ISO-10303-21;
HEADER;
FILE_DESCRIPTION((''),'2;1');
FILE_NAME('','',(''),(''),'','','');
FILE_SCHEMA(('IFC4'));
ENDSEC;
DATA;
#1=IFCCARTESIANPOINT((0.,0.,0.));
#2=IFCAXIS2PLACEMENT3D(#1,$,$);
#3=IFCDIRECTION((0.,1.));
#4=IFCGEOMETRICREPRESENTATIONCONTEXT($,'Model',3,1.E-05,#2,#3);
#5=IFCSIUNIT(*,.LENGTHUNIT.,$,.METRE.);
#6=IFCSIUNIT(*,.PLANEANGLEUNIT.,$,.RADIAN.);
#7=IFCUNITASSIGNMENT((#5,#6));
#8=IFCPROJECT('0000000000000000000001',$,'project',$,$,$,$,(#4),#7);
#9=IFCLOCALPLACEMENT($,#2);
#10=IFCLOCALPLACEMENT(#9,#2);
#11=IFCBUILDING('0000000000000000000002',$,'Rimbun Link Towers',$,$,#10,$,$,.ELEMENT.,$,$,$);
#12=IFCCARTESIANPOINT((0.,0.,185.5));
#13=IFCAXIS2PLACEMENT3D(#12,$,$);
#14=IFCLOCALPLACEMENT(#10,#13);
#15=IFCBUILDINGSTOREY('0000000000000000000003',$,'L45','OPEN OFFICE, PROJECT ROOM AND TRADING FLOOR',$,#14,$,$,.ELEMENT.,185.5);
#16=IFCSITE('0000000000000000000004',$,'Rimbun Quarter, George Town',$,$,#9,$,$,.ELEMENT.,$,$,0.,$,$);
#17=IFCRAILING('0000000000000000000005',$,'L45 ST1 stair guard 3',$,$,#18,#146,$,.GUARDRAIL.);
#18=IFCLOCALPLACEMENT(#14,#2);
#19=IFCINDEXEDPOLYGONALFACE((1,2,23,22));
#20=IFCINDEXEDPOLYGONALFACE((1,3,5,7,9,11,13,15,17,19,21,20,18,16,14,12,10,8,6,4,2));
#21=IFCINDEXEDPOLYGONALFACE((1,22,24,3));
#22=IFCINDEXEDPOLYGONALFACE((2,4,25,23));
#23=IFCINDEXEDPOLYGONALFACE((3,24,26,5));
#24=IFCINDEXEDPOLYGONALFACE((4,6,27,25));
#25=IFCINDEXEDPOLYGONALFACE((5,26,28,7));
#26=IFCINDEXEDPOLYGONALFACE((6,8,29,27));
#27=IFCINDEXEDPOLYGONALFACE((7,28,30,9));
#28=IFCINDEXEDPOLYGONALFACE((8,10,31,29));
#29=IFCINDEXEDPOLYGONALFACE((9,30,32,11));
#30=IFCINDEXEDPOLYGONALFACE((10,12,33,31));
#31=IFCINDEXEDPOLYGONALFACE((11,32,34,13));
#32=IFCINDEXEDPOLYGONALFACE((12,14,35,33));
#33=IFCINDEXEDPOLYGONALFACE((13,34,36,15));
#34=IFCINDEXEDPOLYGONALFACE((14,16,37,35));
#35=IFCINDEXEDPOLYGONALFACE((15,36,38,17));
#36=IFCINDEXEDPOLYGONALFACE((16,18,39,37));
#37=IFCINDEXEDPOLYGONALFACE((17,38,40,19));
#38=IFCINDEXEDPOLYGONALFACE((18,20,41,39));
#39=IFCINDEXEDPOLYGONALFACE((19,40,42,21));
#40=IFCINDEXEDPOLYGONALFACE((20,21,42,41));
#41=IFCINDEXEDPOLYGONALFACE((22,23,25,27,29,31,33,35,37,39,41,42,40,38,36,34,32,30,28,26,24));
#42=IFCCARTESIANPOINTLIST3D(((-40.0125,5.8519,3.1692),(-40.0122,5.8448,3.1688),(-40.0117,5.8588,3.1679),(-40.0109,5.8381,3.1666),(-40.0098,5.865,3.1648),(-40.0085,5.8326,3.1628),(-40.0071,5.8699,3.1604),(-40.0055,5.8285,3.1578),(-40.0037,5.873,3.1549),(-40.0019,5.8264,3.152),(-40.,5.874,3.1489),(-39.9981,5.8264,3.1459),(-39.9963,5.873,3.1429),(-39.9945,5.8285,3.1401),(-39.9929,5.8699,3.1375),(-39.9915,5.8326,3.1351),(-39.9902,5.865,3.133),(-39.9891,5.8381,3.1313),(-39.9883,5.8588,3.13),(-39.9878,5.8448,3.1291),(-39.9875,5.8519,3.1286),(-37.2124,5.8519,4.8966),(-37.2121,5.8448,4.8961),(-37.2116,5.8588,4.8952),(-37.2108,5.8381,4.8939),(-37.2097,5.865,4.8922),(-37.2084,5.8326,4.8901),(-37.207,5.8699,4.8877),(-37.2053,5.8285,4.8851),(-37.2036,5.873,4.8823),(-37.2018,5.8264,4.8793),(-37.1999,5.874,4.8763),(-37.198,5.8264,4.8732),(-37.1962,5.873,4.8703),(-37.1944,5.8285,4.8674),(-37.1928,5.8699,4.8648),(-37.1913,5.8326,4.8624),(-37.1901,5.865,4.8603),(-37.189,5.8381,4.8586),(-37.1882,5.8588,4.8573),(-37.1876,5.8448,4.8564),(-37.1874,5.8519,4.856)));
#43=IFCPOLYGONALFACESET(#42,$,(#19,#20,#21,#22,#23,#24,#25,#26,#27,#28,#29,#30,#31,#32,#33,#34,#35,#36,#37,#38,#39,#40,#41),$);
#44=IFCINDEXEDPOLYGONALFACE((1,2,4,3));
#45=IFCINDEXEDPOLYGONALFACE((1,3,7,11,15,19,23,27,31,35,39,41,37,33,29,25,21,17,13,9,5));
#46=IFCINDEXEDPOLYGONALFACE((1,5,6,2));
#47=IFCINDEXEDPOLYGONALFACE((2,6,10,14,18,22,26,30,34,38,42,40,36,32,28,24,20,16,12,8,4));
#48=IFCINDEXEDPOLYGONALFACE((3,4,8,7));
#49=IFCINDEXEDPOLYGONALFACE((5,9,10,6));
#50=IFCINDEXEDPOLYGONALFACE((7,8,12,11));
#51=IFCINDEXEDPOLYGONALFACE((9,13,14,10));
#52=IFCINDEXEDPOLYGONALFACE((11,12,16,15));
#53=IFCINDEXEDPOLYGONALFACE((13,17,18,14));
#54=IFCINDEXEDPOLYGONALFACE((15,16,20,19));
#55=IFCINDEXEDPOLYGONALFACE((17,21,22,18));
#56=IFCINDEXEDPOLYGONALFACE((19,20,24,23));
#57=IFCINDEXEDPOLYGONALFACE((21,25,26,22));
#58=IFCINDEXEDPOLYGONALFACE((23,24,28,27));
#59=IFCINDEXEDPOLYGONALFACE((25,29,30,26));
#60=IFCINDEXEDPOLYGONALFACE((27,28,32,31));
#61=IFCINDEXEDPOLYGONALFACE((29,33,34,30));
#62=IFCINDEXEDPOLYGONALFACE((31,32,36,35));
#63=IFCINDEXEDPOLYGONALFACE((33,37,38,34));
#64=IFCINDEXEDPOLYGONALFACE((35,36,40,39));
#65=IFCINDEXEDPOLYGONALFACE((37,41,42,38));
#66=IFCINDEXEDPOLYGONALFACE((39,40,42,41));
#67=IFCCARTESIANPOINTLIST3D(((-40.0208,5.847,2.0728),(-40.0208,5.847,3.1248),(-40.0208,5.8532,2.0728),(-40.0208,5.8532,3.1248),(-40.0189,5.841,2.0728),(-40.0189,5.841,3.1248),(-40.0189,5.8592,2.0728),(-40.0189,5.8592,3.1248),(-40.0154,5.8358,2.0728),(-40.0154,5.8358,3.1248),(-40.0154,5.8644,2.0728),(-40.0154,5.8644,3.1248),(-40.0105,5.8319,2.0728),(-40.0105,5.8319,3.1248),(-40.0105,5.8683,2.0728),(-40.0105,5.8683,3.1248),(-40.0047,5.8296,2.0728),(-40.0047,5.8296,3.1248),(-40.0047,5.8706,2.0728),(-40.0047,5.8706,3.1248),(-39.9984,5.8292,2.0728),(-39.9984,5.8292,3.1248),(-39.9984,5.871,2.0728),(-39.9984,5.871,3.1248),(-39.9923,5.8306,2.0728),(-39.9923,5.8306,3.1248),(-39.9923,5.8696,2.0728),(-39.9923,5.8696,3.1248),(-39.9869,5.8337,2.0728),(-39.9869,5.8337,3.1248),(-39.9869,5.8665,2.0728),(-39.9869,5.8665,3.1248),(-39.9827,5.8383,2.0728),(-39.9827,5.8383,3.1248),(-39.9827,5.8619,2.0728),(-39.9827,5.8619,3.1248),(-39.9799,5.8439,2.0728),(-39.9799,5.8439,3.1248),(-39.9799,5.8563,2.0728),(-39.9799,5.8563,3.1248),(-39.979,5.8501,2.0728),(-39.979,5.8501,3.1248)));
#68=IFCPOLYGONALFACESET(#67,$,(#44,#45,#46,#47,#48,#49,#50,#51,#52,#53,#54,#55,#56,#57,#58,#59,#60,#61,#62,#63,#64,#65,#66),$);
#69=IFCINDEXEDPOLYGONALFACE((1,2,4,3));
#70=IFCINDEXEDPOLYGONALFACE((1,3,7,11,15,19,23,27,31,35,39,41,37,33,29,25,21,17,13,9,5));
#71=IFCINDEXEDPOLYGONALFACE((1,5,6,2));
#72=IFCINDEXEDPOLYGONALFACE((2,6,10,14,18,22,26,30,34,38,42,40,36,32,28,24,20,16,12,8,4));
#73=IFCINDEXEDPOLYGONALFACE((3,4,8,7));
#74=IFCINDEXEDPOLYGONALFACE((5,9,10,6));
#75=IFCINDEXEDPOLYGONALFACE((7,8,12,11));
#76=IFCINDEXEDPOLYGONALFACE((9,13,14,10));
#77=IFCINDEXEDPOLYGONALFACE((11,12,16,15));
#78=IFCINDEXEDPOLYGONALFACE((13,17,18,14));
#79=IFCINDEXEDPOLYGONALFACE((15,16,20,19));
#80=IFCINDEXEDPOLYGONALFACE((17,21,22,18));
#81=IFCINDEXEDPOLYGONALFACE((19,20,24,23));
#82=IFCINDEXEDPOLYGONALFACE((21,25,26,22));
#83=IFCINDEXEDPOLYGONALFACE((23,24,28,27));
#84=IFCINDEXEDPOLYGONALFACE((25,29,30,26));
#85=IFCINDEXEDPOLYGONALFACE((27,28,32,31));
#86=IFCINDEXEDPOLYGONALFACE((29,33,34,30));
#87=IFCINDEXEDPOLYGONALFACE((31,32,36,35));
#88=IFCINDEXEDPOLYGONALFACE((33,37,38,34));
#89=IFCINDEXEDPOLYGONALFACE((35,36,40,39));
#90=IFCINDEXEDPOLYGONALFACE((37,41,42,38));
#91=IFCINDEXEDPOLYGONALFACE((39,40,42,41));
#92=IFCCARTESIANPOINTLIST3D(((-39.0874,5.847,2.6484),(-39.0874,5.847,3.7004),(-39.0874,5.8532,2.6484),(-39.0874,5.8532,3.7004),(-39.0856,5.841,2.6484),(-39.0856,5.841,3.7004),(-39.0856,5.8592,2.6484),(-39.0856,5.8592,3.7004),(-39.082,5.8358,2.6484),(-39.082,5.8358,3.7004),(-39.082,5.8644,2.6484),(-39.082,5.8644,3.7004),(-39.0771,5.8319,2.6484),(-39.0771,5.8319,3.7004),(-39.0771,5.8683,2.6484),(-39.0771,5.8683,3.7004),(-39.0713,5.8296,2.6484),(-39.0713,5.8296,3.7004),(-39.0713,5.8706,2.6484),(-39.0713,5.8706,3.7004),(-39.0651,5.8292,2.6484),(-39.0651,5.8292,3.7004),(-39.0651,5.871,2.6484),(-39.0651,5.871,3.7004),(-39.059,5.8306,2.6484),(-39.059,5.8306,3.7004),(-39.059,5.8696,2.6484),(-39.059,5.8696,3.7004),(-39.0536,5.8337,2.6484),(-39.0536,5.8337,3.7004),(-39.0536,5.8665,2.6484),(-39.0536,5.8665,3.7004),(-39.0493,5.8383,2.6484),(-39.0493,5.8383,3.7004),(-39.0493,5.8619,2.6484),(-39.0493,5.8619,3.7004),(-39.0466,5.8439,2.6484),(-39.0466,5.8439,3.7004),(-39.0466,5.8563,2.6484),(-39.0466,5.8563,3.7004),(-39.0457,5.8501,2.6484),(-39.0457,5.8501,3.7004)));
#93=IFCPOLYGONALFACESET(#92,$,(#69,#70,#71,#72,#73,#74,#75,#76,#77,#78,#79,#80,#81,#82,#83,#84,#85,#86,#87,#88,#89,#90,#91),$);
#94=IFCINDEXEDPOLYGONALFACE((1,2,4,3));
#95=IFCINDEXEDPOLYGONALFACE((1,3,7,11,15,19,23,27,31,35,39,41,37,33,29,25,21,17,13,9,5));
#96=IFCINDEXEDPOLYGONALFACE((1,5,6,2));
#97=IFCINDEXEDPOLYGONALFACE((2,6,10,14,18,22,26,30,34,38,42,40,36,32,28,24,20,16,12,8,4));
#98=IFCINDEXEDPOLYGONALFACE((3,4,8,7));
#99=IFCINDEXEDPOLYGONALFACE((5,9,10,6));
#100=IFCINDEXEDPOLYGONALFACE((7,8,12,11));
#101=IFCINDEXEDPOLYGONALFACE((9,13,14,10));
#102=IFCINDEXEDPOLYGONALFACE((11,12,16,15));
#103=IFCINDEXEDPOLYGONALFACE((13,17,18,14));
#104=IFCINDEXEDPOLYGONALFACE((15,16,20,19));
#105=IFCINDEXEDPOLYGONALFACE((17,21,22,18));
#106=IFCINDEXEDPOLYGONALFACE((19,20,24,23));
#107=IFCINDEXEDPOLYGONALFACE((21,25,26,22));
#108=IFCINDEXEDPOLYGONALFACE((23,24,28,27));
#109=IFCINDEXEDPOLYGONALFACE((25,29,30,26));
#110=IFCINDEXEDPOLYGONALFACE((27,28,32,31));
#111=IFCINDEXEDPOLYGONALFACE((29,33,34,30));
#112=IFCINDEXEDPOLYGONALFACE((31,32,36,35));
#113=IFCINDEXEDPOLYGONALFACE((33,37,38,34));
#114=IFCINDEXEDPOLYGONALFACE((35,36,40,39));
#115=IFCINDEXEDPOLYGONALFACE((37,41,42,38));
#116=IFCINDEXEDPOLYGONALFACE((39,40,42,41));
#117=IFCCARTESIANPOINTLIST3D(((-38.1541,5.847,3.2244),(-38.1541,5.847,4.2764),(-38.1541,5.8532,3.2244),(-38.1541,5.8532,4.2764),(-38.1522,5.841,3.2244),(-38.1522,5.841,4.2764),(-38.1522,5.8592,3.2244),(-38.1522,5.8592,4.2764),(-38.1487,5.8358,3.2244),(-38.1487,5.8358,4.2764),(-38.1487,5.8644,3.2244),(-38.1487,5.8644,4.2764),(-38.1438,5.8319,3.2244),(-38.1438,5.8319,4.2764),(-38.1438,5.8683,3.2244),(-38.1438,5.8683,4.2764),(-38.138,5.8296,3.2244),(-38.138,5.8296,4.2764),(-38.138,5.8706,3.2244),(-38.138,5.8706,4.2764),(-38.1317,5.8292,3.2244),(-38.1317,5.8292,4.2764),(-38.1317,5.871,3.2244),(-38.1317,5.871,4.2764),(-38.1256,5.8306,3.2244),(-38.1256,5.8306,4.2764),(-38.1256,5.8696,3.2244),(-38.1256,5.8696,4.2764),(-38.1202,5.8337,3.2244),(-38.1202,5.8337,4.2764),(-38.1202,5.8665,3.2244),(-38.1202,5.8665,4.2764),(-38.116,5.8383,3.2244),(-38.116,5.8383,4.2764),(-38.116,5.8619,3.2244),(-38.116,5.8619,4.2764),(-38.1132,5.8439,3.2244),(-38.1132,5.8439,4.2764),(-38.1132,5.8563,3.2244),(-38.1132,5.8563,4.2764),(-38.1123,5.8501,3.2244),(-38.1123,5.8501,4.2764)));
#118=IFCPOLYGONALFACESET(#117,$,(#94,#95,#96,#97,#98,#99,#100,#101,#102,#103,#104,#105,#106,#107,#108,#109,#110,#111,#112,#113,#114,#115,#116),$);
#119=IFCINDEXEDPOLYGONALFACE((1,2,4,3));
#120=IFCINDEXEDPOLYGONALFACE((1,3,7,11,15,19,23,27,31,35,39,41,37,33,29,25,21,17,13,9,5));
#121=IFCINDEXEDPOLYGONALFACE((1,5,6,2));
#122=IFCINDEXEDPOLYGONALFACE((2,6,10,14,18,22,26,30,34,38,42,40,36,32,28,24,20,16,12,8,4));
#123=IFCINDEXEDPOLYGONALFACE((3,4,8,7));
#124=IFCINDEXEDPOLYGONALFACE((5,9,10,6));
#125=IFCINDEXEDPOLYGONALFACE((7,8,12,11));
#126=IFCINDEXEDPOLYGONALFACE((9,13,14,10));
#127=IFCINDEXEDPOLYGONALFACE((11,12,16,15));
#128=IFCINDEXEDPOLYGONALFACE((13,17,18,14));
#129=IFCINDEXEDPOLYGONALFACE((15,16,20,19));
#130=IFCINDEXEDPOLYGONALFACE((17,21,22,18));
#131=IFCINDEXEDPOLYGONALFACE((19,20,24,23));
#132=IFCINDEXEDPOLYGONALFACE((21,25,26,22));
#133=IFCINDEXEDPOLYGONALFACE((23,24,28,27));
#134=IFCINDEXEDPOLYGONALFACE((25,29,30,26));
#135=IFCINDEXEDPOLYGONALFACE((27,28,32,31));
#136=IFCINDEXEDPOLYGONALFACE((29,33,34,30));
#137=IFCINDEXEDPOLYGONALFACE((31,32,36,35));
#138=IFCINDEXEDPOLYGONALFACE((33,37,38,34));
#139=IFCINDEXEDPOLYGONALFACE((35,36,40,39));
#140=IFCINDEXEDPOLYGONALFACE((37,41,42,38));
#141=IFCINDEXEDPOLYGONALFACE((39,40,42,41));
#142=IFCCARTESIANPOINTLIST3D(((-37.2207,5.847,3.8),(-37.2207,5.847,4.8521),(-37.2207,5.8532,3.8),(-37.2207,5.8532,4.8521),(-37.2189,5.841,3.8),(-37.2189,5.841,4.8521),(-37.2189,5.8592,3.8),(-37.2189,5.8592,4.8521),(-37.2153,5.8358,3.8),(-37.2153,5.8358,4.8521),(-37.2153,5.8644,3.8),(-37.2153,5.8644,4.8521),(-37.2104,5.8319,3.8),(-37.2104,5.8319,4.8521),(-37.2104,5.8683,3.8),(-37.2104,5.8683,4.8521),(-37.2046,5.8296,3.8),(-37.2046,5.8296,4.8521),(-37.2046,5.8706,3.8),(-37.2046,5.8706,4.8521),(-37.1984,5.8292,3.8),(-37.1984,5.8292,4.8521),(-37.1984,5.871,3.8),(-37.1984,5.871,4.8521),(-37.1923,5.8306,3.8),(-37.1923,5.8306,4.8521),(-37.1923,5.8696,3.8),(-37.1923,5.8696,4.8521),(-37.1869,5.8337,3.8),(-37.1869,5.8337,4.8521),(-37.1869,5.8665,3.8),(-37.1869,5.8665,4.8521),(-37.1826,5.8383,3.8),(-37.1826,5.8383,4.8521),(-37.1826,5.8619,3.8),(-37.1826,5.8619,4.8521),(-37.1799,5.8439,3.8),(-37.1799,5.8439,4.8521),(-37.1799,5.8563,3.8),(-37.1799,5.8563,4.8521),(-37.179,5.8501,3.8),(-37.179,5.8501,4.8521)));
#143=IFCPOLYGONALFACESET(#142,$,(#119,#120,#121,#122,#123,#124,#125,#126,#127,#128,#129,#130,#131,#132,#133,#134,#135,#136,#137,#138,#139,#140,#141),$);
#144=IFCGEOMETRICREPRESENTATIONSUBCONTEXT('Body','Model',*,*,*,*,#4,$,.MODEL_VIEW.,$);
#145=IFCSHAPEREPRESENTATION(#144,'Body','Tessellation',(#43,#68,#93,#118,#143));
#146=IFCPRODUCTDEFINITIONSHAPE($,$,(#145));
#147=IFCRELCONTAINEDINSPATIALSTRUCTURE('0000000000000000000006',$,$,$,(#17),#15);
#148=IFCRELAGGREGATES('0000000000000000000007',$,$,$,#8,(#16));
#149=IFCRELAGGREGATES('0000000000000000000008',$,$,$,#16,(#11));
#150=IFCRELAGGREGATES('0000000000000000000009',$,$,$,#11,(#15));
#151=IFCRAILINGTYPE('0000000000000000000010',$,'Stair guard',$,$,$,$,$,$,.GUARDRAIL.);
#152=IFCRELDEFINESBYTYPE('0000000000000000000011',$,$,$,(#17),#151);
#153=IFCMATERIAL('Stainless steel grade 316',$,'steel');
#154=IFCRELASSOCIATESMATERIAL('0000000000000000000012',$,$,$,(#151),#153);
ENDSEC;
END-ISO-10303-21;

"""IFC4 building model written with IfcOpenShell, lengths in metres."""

from ifc_helpers import new_model, si_unit, direction, frame, origin, origin_2d, place, context, subcontext, project, spatial, circle, extrude, material, type_object, element, save


model = new_model("IFC4")

# Units and contexts
model_context = context("Model", 3, precision=1e-05, world=origin(), true_north=direction((0.0, 1.0)))
body_context = subcontext(model_context, "Body", "Model", "MODEL_VIEW")
ifc_project = project(units=[si_unit("LENGTHUNIT", "METRE"), si_unit("PLANEANGLEUNIT", "RADIAN")], contexts=[model_context])

# Site, building, storey
site_placement = place(None, origin())
site = spatial("IfcSite", under=ifc_project, at=site_placement, Name="Rimbun Quarter, George Town", CompositionType="ELEMENT", RefElevation=0.0)
building_placement = place(site_placement, origin())
building = spatial("IfcBuilding", under=site, at=building_placement, Name="Rimbun Link Towers", CompositionType="ELEMENT")
storey_placement = place(building_placement, frame((0.0, 0.0, 185.5)))
storey = spatial("IfcBuildingStorey", under=building, at=storey_placement, Name="L45", Description="OPEN OFFICE, PROJECT ROOM AND TRADING FLOOR", CompositionType="ELEMENT", Elevation=185.5)

# Railing
ifc_material_1 = material(Name="Stainless steel grade 316", Category="steel")
railing_type_1 = type_object("IfcRailingType", Name="Stair guard", PredefinedType="GUARDRAIL", material=ifc_material_1)
railing_1_placement = place(storey_placement, frame((-40.0, 5.8501, 2.0728)))
element("IfcRailing", 1, at=railing_1_placement, inside=storey, type_object=railing_type_1, Name="L45 ST1 stair guard 3", PredefinedType="GUARDRAIL", context=body_context, shape_type="SweptSolid", body=[
    extrude(circle(Radius=0.0239, at=origin_2d()), frame((0.0, 0.0, 1.0762), z_axis=(0.85109, 0.0, 0.52502), x_axis=(0.0, 1.0, 0.0)), (0.0, 0.0, 1.0), 3.29),
    extrude(circle(Radius=0.021, at=origin_2d()), origin(), (0.0, 0.0, 1.0), 1.052),
    extrude(circle(Radius=0.021, at=origin_2d()), frame((0.9333, 0.0, 0.5757)), (0.0, 0.0, 1.0), 1.052),
    extrude(circle(Radius=0.021, at=origin_2d()), frame((1.8667, 0.0, 1.1516)), (0.0, 0.0, 1.0), 1.052),
    extrude(circle(Radius=0.021, at=origin_2d()), frame((2.8, 0.0, 1.7273)), (0.0, 0.0, 1.0), 1.052),
])

save(model, "model.ifc")
